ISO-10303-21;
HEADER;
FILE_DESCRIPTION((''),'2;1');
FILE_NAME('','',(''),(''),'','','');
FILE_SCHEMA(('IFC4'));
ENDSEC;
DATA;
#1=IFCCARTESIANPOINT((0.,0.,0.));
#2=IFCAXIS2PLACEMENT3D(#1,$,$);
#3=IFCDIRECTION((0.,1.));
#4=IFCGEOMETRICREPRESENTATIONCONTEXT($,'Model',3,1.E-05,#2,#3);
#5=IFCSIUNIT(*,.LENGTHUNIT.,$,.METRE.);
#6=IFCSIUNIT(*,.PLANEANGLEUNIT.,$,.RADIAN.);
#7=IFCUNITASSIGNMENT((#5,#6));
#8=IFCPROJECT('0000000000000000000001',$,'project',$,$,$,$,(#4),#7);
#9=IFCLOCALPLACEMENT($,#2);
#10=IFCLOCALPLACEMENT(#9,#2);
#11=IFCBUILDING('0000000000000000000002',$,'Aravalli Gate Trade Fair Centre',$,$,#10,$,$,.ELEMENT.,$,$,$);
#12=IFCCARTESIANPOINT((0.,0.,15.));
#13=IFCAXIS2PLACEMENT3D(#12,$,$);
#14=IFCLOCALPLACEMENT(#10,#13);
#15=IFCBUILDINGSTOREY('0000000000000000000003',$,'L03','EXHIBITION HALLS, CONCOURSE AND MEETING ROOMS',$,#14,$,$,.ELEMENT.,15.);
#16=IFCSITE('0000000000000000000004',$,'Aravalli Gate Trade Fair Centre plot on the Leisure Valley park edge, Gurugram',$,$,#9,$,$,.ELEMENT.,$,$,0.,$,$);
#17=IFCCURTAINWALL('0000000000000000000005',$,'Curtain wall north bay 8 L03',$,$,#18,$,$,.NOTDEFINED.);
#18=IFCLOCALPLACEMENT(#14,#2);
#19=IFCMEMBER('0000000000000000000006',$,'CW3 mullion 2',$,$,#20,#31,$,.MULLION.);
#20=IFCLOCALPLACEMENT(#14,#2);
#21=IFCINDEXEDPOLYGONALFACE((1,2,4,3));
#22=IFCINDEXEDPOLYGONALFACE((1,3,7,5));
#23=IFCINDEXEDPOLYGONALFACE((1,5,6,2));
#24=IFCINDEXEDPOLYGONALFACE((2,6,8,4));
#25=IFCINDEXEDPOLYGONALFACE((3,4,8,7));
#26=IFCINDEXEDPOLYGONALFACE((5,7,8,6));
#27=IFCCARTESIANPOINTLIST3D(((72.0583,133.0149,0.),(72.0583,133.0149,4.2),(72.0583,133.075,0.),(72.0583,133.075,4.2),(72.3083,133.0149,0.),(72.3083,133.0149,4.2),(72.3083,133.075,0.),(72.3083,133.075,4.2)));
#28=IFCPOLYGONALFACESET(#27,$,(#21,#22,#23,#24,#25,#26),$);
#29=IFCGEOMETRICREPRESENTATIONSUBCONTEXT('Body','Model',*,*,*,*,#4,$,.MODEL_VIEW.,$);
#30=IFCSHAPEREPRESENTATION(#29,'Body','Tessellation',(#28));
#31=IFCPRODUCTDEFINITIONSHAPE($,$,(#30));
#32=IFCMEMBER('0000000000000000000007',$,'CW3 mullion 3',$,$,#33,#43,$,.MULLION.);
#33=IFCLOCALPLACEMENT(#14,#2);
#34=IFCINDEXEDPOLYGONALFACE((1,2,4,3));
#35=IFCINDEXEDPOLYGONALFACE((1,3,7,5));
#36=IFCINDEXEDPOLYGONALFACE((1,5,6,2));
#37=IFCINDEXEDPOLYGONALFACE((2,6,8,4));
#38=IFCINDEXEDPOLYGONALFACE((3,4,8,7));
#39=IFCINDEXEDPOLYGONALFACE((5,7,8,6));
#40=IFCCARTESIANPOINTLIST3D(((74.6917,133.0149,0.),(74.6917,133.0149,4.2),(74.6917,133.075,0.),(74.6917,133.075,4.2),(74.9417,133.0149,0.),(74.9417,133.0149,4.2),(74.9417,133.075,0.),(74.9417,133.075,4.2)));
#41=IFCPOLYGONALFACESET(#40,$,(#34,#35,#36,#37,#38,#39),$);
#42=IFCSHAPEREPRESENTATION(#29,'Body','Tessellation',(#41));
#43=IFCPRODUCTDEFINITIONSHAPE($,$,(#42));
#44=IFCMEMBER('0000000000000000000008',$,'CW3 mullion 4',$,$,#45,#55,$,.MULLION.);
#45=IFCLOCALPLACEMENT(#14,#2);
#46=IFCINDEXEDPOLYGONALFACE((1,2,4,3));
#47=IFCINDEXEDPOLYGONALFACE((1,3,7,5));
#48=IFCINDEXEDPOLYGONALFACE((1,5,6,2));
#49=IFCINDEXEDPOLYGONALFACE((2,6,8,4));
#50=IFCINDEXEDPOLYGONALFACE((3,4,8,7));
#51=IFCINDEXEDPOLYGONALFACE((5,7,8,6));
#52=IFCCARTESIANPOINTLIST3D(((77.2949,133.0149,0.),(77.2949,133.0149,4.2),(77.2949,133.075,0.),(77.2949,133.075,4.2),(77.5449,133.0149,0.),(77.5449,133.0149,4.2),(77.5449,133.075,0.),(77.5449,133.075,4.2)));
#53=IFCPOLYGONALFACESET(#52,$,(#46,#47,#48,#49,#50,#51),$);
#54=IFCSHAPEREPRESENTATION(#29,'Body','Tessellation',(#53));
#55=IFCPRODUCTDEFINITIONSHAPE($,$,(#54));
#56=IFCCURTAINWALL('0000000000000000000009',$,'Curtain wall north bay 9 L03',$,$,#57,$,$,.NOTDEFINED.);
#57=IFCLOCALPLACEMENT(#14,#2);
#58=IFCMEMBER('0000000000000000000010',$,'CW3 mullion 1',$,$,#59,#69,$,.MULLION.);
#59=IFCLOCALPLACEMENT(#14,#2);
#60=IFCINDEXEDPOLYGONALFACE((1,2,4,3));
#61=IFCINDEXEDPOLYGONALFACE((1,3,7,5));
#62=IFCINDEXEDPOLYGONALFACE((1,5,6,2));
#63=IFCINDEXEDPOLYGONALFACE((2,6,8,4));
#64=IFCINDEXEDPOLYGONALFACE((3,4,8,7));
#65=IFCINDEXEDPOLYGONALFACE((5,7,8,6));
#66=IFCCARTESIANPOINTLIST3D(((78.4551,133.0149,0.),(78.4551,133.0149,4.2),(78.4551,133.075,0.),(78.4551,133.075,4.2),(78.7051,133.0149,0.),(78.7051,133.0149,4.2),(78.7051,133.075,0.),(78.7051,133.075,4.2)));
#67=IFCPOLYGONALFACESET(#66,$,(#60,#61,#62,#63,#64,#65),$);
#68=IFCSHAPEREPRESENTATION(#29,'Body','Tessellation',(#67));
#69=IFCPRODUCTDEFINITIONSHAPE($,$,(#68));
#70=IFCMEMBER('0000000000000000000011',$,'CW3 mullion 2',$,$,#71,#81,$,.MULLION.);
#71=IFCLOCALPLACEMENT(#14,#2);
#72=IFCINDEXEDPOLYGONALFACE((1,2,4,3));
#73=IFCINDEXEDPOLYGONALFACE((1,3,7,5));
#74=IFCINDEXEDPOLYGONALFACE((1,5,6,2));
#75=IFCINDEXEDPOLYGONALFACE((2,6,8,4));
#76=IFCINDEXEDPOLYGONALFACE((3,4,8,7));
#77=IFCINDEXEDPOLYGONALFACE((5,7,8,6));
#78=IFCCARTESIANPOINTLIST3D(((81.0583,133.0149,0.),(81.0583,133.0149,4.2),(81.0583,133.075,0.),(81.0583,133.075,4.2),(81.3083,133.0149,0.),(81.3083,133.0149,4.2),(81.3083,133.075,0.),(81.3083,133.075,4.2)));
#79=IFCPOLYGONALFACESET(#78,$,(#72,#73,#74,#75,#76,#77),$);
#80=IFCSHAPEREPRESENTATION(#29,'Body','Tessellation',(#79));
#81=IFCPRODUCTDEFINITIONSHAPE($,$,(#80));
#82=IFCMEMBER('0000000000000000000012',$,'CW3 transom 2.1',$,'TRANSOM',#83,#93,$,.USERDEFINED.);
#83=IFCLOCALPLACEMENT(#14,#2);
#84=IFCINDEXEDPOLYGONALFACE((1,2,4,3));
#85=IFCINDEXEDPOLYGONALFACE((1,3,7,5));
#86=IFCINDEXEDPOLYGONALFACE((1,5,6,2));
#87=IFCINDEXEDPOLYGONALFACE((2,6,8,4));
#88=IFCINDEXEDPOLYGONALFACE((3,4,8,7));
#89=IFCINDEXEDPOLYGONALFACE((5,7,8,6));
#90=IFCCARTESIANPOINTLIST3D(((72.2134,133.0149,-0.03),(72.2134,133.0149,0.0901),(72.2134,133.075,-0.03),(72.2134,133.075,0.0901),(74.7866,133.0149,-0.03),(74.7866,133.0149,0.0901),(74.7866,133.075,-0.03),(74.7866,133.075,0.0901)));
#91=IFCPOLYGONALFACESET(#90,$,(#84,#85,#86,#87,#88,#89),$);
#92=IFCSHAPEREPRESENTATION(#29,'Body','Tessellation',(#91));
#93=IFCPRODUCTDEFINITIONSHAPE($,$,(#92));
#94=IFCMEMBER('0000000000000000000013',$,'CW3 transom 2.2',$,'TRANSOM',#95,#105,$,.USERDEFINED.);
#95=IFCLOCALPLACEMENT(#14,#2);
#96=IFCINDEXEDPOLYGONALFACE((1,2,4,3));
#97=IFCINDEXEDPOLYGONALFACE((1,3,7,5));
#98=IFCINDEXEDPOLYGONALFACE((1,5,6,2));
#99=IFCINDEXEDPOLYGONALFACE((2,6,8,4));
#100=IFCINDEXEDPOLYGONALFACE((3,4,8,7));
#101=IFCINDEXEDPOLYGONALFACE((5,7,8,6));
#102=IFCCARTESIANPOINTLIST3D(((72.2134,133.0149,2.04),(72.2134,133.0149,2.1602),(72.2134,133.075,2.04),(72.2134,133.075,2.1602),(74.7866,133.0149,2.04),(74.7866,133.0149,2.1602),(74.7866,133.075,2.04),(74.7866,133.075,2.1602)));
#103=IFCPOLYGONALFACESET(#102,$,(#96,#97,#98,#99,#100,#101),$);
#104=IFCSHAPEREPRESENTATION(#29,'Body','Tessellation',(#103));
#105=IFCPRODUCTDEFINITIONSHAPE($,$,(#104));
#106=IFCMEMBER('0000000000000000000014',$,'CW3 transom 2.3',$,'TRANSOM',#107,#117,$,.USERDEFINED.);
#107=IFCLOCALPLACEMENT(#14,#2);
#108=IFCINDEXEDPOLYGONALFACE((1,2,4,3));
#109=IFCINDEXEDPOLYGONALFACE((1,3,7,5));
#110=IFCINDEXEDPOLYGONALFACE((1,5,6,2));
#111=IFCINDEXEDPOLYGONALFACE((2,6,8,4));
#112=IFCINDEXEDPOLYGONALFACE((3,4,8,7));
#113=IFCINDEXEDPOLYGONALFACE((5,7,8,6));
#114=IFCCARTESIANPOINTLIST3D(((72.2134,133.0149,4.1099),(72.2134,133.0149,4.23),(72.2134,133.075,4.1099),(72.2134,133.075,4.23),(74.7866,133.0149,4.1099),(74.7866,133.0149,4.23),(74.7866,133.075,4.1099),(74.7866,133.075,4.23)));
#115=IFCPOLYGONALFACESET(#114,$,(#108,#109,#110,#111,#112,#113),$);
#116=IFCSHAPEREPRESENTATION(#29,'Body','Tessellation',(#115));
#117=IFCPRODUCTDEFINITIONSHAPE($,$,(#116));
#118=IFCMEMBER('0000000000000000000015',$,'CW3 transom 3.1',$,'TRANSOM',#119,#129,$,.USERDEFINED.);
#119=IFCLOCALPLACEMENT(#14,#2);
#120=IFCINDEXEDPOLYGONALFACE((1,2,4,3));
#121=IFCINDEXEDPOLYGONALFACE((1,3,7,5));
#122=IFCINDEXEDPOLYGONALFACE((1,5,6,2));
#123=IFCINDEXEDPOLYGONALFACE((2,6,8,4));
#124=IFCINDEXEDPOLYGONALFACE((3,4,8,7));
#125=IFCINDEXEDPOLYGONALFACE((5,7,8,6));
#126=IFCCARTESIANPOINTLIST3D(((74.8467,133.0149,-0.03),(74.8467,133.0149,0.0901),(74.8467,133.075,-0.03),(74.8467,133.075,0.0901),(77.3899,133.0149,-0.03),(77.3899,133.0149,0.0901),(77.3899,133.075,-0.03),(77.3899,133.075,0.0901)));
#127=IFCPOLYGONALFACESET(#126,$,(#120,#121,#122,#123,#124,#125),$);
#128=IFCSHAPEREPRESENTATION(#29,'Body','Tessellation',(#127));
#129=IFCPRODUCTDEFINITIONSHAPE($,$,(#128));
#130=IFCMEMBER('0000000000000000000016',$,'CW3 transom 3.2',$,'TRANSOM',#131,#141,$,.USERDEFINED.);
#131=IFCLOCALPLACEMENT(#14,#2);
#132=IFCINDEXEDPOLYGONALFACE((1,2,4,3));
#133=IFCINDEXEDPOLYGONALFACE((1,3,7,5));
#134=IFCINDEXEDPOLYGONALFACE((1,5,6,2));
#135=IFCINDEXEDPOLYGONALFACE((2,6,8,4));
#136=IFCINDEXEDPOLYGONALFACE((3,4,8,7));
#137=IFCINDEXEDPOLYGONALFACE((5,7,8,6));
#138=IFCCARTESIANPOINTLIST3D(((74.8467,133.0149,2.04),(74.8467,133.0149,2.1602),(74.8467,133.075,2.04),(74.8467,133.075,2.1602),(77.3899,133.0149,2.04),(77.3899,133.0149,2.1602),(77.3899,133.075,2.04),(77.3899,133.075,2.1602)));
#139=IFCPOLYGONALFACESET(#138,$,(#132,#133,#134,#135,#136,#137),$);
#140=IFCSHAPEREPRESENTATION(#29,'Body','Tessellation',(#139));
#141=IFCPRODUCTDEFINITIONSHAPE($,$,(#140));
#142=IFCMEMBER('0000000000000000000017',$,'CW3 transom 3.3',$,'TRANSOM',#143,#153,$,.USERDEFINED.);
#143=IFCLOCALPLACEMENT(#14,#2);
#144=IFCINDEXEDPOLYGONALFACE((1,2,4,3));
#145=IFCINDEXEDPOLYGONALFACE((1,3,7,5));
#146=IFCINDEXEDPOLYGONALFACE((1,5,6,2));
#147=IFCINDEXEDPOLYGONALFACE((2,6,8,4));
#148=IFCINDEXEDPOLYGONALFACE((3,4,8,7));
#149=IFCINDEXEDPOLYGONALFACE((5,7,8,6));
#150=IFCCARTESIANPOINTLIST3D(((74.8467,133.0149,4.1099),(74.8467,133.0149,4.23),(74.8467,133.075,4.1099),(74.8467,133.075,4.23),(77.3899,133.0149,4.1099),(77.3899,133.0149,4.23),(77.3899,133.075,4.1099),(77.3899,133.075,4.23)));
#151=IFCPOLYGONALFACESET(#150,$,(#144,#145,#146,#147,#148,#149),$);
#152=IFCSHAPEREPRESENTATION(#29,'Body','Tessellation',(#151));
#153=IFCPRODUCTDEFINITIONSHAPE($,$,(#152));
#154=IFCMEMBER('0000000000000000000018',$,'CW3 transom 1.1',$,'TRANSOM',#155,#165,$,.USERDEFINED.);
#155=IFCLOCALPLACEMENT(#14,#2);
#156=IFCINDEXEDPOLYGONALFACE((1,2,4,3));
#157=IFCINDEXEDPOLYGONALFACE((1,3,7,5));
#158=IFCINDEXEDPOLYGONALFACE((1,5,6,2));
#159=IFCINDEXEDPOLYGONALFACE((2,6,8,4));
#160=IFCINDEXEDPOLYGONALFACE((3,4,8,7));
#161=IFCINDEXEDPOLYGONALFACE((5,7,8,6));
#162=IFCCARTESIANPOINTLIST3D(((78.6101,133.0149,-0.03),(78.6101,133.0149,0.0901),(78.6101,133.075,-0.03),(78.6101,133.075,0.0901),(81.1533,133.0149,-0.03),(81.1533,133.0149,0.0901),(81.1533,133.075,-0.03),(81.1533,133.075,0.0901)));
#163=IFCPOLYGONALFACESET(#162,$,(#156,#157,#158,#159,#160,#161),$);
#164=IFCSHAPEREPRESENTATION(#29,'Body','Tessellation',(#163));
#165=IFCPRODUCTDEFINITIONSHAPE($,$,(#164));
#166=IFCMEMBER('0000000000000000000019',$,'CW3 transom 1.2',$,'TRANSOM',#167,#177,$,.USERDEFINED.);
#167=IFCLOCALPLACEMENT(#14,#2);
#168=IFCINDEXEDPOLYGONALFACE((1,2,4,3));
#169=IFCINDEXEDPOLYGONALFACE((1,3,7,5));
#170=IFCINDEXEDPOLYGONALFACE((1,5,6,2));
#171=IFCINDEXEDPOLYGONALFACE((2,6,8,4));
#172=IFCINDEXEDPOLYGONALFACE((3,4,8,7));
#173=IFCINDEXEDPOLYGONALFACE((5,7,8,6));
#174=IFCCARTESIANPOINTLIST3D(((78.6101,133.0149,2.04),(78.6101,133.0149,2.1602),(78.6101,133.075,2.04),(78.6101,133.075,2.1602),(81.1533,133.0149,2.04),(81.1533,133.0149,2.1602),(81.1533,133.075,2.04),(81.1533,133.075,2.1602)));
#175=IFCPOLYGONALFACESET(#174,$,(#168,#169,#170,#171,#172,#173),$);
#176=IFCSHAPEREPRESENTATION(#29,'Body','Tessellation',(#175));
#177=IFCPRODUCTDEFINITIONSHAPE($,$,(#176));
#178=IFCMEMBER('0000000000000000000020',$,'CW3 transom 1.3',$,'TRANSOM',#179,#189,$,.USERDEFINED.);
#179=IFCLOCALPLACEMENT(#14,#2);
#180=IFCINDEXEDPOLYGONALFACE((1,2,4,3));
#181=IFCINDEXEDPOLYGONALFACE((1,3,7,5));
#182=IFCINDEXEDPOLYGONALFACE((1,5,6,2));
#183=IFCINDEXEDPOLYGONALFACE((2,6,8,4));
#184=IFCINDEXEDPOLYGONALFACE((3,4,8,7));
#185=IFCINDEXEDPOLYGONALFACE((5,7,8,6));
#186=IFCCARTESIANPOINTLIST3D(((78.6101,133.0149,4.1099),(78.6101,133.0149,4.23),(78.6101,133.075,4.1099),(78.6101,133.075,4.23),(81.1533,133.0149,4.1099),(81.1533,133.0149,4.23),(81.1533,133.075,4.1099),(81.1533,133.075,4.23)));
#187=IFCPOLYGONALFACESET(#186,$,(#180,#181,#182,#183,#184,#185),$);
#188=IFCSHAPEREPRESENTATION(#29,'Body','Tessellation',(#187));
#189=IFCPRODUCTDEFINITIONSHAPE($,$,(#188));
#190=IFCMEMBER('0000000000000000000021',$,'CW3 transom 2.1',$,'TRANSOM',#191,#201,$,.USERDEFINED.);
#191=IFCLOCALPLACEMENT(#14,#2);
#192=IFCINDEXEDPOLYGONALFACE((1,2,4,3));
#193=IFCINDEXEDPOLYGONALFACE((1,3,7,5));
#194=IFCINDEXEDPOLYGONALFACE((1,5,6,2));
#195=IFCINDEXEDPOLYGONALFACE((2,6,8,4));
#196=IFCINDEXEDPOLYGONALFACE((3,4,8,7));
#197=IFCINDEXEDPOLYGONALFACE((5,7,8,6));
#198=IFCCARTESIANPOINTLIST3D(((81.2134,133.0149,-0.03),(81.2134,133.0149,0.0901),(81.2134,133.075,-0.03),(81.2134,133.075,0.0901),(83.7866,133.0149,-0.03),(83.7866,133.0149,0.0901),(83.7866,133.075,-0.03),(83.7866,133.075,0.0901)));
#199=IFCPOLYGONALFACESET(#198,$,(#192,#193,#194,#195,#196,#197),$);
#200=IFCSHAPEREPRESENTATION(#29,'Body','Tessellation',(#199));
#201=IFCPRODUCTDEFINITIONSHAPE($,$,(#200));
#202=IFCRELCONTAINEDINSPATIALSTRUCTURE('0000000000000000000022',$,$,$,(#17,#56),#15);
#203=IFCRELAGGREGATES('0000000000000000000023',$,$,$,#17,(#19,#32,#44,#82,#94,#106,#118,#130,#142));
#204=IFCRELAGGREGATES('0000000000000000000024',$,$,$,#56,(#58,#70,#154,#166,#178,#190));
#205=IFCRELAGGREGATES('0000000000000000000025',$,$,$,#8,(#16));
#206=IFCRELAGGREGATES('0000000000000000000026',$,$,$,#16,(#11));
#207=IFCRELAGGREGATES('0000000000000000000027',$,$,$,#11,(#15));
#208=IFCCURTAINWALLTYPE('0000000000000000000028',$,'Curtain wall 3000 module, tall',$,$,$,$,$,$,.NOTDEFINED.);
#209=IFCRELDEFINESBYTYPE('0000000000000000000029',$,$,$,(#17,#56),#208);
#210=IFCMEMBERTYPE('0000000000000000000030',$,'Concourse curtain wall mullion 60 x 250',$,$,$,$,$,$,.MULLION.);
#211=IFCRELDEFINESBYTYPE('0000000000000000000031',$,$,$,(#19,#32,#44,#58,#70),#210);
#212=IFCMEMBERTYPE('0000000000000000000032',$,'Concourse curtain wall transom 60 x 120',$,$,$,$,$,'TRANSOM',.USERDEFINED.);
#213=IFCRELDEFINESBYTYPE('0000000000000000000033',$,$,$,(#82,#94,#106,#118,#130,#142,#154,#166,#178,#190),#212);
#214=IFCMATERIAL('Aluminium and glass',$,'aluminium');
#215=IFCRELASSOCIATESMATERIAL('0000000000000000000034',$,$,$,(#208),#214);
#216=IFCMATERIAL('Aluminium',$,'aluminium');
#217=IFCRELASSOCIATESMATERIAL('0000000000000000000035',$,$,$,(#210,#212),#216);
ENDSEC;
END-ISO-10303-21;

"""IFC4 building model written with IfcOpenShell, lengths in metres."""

from ifc_helpers import new_model, si_unit, direction, frame, origin, origin_2d, place, context, subcontext, project, spatial, rectangle, extrude, material, material_profile, profile_set, type_object, element, aggregate, save


model = new_model("IFC4")

# Units and contexts
model_context = context("Model", 3, precision=1e-05, world=origin(), true_north=direction((0.0, 1.0)))
body_context = subcontext(model_context, "Body", "Model", "MODEL_VIEW")
ifc_project = project(units=[si_unit("LENGTHUNIT", "METRE"), si_unit("PLANEANGLEUNIT", "RADIAN")], contexts=[model_context])

# Site, building, storey
site_placement = place(None, origin())
site = spatial("IfcSite", under=ifc_project, at=site_placement, Name="Aravalli Gate Trade Fair Centre plot on the Leisure Valley park edge, Gurugram", CompositionType="ELEMENT", RefElevation=0.0)
building_placement = place(site_placement, origin())
building = spatial("IfcBuilding", under=site, at=building_placement, Name="Aravalli Gate Trade Fair Centre", CompositionType="ELEMENT")
storey_placement = place(building_placement, frame((0.0, 0.0, 15.0)))
storey = spatial("IfcBuildingStorey", under=building, at=storey_placement, Name="L03", Description="EXHIBITION HALLS, CONCOURSE AND MEETING ROOMS", CompositionType="ELEMENT", Elevation=15.0)

# Curtain walls, members
ifc_material_1 = material(Name="Aluminium and glass", Category="aluminium")
curtain_wall_type = type_object("IfcCurtainWallType", Name="Curtain wall 3000 module, tall", PredefinedType="NOTDEFINED", material=ifc_material_1)
curtain_wall_1_placement = place(storey_placement, origin())
curtain_wall_1 = element("IfcCurtainWall", 1, at=curtain_wall_1_placement, inside=storey, type_object=curtain_wall_type, Name="Curtain wall north bay 8 L03", PredefinedType="NOTDEFINED")
ifc_material_2 = material(Name="Aluminium", Category="aluminium")
ifc_material_profile_1 = material_profile(ifc_material_2, rectangle(XDim=0.0601, YDim=0.25, at=origin_2d()), Name="Concourse curtain wall mullion 60 x 250")
ifc_profile_set_1 = profile_set([ifc_material_profile_1], Name="Aluminium")
member_type_1 = type_object("IfcMemberType", Name="Concourse curtain wall mullion 60 x 250", PredefinedType="MULLION", material=ifc_profile_set_1)
member_1_placement = place(storey_placement, frame((72.1833, 133.0449, 0.0), z_axis=(0.0, 0.0, 1.0), x_axis=(0.0, 1.0, 0.0)))
member_1 = element("IfcMember", 2, at=member_1_placement, type_object=member_type_1, Name="CW3 mullion 2", PredefinedType="MULLION", context=body_context, shape_type="SweptSolid", body=[
    extrude(rectangle(XDim=0.0601, YDim=0.25, at=origin_2d()), origin(), (0.0, 0.0, 1.0), 4.2),
])
member_2_placement = place(storey_placement, frame((74.8167, 133.0449, 0.0), z_axis=(0.0, 0.0, 1.0), x_axis=(0.0, 1.0, 0.0)))
member_2 = element("IfcMember", 3, at=member_2_placement, type_object=member_type_1, Name="CW3 mullion 3", PredefinedType="MULLION", context=body_context, shape_type="SweptSolid", body=[
    extrude(rectangle(XDim=0.0601, YDim=0.25, at=origin_2d()), origin(), (0.0, 0.0, 1.0), 4.2),
])
member_3_placement = place(storey_placement, frame((77.4199, 133.0449, 0.0), z_axis=(0.0, 0.0, 1.0), x_axis=(0.0, 1.0, 0.0)))
member_3 = element("IfcMember", 4, at=member_3_placement, type_object=member_type_1, Name="CW3 mullion 4", PredefinedType="MULLION", context=body_context, shape_type="SweptSolid", body=[
    extrude(rectangle(XDim=0.0601, YDim=0.25, at=origin_2d()), origin(), (0.0, 0.0, 1.0), 4.2),
])
curtain_wall_2_placement = place(storey_placement, origin())
curtain_wall_2 = element("IfcCurtainWall", 5, at=curtain_wall_2_placement, inside=storey, type_object=curtain_wall_type, Name="Curtain wall north bay 9 L03", PredefinedType="NOTDEFINED")
member_4_placement = place(storey_placement, frame((78.5801, 133.0449, 0.0), z_axis=(0.0, 0.0, 1.0), x_axis=(0.0, 1.0, 0.0)))
member_4 = element("IfcMember", 6, at=member_4_placement, type_object=member_type_1, Name="CW3 mullion 1", PredefinedType="MULLION", context=body_context, shape_type="SweptSolid", body=[
    extrude(rectangle(XDim=0.0601, YDim=0.25, at=origin_2d()), origin(), (0.0, 0.0, 1.0), 4.2),
])
member_5_placement = place(storey_placement, frame((81.1833, 133.0449, 0.0), z_axis=(0.0, 0.0, 1.0), x_axis=(0.0, 1.0, 0.0)))
member_5 = element("IfcMember", 7, at=member_5_placement, type_object=member_type_1, Name="CW3 mullion 2", PredefinedType="MULLION", context=body_context, shape_type="SweptSolid", body=[
    extrude(rectangle(XDim=0.0601, YDim=0.25, at=origin_2d()), origin(), (0.0, 0.0, 1.0), 4.2),
])

# Members
ifc_material_profile_2 = material_profile(ifc_material_2, rectangle(XDim=0.0601, YDim=0.1201, at=origin_2d()), Name="Concourse curtain wall transom 60 x 120")
ifc_profile_set_2 = profile_set([ifc_material_profile_2], Name="Aluminium")
member_type_2 = type_object("IfcMemberType", Name="Concourse curtain wall transom 60 x 120", ElementType="TRANSOM", PredefinedType="USERDEFINED", material=ifc_profile_set_2)
member_6_placement = place(storey_placement, frame((72.2134, 133.0449, 0.03), z_axis=(1.0, 0.0, 0.0), x_axis=(0.0, 1.0, 0.0)))
member_6 = element("IfcMember", 8, at=member_6_placement, type_object=member_type_2, Name="CW3 transom 2.1", ObjectType="TRANSOM", PredefinedType="USERDEFINED", context=body_context, shape_type="SweptSolid", body=[
    extrude(rectangle(XDim=0.0601, YDim=0.1201, at=origin_2d()), origin(), (0.0, 0.0, 1.0), 2.5732),
])
member_7_placement = place(storey_placement, frame((72.2134, 133.0449, 2.1001), z_axis=(1.0, 0.0, 0.0), x_axis=(0.0, 1.0, 0.0)))
member_7 = element("IfcMember", 9, at=member_7_placement, type_object=member_type_2, Name="CW3 transom 2.2", ObjectType="TRANSOM", PredefinedType="USERDEFINED", context=body_context, shape_type="SweptSolid", body=[
    extrude(rectangle(XDim=0.0601, YDim=0.1201, at=origin_2d()), origin(), (0.0, 0.0, 1.0), 2.5732),
])
member_8_placement = place(storey_placement, frame((72.2134, 133.0449, 4.1699), z_axis=(1.0, 0.0, 0.0), x_axis=(0.0, 1.0, 0.0)))
member_8 = element("IfcMember", 10, at=member_8_placement, type_object=member_type_2, Name="CW3 transom 2.3", ObjectType="TRANSOM", PredefinedType="USERDEFINED", context=body_context, shape_type="SweptSolid", body=[
    extrude(rectangle(XDim=0.0601, YDim=0.1201, at=origin_2d()), origin(), (0.0, 0.0, 1.0), 2.5732),
])
member_9_placement = place(storey_placement, frame((74.8467, 133.0449, 0.03), z_axis=(1.0, 0.0, 0.0), x_axis=(0.0, 1.0, 0.0)))
member_9 = element("IfcMember", 11, at=member_9_placement, type_object=member_type_2, Name="CW3 transom 3.1", ObjectType="TRANSOM", PredefinedType="USERDEFINED", context=body_context, shape_type="SweptSolid", body=[
    extrude(rectangle(XDim=0.0601, YDim=0.1201, at=origin_2d()), origin(), (0.0, 0.0, 1.0), 2.5432),
])
member_10_placement = place(storey_placement, frame((74.8467, 133.0449, 2.1001), z_axis=(1.0, 0.0, 0.0), x_axis=(0.0, 1.0, 0.0)))
member_10 = element("IfcMember", 12, at=member_10_placement, type_object=member_type_2, Name="CW3 transom 3.2", ObjectType="TRANSOM", PredefinedType="USERDEFINED", context=body_context, shape_type="SweptSolid", body=[
    extrude(rectangle(XDim=0.0601, YDim=0.1201, at=origin_2d()), origin(), (0.0, 0.0, 1.0), 2.5432),
])
member_11_placement = place(storey_placement, frame((74.8467, 133.0449, 4.1699), z_axis=(1.0, 0.0, 0.0), x_axis=(0.0, 1.0, 0.0)))
member_11 = element("IfcMember", 13, at=member_11_placement, type_object=member_type_2, Name="CW3 transom 3.3", ObjectType="TRANSOM", PredefinedType="USERDEFINED", context=body_context, shape_type="SweptSolid", body=[
    extrude(rectangle(XDim=0.0601, YDim=0.1201, at=origin_2d()), origin(), (0.0, 0.0, 1.0), 2.5432),
])
member_12_placement = place(storey_placement, frame((78.6101, 133.0449, 0.03), z_axis=(1.0, 0.0, 0.0), x_axis=(0.0, 1.0, 0.0)))
member_12 = element("IfcMember", 14, at=member_12_placement, type_object=member_type_2, Name="CW3 transom 1.1", ObjectType="TRANSOM", PredefinedType="USERDEFINED", context=body_context, shape_type="SweptSolid", body=[
    extrude(rectangle(XDim=0.0601, YDim=0.1201, at=origin_2d()), origin(), (0.0, 0.0, 1.0), 2.5432),
])
member_13_placement = place(storey_placement, frame((78.6101, 133.0449, 2.1001), z_axis=(1.0, 0.0, 0.0), x_axis=(0.0, 1.0, 0.0)))
member_13 = element("IfcMember", 15, at=member_13_placement, type_object=member_type_2, Name="CW3 transom 1.2", ObjectType="TRANSOM", PredefinedType="USERDEFINED", context=body_context, shape_type="SweptSolid", body=[
    extrude(rectangle(XDim=0.0601, YDim=0.1201, at=origin_2d()), origin(), (0.0, 0.0, 1.0), 2.5432),
])
member_14_placement = place(storey_placement, frame((78.6101, 133.0449, 4.1699), z_axis=(1.0, 0.0, 0.0), x_axis=(0.0, 1.0, 0.0)))
member_14 = element("IfcMember", 16, at=member_14_placement, type_object=member_type_2, Name="CW3 transom 1.3", ObjectType="TRANSOM", PredefinedType="USERDEFINED", context=body_context, shape_type="SweptSolid", body=[
    extrude(rectangle(XDim=0.0601, YDim=0.1201, at=origin_2d()), origin(), (0.0, 0.0, 1.0), 2.5432),
])
member_15_placement = place(storey_placement, frame((81.2134, 133.0449, 0.03), z_axis=(1.0, 0.0, 0.0), x_axis=(0.0, 1.0, 0.0)))
member_15 = element("IfcMember", 17, at=member_15_placement, type_object=member_type_2, Name="CW3 transom 2.1", ObjectType="TRANSOM", PredefinedType="USERDEFINED", context=body_context, shape_type="SweptSolid", body=[
    extrude(rectangle(XDim=0.0601, YDim=0.1201, at=origin_2d()), origin(), (0.0, 0.0, 1.0), 2.5732),
])

aggregate(curtain_wall_1, [member_1, member_2, member_3, member_6, member_7, member_8, member_9, member_10, member_11])
aggregate(curtain_wall_2, [member_4, member_5, member_12, member_13, member_14, member_15])

save(model, "model.ifc")
